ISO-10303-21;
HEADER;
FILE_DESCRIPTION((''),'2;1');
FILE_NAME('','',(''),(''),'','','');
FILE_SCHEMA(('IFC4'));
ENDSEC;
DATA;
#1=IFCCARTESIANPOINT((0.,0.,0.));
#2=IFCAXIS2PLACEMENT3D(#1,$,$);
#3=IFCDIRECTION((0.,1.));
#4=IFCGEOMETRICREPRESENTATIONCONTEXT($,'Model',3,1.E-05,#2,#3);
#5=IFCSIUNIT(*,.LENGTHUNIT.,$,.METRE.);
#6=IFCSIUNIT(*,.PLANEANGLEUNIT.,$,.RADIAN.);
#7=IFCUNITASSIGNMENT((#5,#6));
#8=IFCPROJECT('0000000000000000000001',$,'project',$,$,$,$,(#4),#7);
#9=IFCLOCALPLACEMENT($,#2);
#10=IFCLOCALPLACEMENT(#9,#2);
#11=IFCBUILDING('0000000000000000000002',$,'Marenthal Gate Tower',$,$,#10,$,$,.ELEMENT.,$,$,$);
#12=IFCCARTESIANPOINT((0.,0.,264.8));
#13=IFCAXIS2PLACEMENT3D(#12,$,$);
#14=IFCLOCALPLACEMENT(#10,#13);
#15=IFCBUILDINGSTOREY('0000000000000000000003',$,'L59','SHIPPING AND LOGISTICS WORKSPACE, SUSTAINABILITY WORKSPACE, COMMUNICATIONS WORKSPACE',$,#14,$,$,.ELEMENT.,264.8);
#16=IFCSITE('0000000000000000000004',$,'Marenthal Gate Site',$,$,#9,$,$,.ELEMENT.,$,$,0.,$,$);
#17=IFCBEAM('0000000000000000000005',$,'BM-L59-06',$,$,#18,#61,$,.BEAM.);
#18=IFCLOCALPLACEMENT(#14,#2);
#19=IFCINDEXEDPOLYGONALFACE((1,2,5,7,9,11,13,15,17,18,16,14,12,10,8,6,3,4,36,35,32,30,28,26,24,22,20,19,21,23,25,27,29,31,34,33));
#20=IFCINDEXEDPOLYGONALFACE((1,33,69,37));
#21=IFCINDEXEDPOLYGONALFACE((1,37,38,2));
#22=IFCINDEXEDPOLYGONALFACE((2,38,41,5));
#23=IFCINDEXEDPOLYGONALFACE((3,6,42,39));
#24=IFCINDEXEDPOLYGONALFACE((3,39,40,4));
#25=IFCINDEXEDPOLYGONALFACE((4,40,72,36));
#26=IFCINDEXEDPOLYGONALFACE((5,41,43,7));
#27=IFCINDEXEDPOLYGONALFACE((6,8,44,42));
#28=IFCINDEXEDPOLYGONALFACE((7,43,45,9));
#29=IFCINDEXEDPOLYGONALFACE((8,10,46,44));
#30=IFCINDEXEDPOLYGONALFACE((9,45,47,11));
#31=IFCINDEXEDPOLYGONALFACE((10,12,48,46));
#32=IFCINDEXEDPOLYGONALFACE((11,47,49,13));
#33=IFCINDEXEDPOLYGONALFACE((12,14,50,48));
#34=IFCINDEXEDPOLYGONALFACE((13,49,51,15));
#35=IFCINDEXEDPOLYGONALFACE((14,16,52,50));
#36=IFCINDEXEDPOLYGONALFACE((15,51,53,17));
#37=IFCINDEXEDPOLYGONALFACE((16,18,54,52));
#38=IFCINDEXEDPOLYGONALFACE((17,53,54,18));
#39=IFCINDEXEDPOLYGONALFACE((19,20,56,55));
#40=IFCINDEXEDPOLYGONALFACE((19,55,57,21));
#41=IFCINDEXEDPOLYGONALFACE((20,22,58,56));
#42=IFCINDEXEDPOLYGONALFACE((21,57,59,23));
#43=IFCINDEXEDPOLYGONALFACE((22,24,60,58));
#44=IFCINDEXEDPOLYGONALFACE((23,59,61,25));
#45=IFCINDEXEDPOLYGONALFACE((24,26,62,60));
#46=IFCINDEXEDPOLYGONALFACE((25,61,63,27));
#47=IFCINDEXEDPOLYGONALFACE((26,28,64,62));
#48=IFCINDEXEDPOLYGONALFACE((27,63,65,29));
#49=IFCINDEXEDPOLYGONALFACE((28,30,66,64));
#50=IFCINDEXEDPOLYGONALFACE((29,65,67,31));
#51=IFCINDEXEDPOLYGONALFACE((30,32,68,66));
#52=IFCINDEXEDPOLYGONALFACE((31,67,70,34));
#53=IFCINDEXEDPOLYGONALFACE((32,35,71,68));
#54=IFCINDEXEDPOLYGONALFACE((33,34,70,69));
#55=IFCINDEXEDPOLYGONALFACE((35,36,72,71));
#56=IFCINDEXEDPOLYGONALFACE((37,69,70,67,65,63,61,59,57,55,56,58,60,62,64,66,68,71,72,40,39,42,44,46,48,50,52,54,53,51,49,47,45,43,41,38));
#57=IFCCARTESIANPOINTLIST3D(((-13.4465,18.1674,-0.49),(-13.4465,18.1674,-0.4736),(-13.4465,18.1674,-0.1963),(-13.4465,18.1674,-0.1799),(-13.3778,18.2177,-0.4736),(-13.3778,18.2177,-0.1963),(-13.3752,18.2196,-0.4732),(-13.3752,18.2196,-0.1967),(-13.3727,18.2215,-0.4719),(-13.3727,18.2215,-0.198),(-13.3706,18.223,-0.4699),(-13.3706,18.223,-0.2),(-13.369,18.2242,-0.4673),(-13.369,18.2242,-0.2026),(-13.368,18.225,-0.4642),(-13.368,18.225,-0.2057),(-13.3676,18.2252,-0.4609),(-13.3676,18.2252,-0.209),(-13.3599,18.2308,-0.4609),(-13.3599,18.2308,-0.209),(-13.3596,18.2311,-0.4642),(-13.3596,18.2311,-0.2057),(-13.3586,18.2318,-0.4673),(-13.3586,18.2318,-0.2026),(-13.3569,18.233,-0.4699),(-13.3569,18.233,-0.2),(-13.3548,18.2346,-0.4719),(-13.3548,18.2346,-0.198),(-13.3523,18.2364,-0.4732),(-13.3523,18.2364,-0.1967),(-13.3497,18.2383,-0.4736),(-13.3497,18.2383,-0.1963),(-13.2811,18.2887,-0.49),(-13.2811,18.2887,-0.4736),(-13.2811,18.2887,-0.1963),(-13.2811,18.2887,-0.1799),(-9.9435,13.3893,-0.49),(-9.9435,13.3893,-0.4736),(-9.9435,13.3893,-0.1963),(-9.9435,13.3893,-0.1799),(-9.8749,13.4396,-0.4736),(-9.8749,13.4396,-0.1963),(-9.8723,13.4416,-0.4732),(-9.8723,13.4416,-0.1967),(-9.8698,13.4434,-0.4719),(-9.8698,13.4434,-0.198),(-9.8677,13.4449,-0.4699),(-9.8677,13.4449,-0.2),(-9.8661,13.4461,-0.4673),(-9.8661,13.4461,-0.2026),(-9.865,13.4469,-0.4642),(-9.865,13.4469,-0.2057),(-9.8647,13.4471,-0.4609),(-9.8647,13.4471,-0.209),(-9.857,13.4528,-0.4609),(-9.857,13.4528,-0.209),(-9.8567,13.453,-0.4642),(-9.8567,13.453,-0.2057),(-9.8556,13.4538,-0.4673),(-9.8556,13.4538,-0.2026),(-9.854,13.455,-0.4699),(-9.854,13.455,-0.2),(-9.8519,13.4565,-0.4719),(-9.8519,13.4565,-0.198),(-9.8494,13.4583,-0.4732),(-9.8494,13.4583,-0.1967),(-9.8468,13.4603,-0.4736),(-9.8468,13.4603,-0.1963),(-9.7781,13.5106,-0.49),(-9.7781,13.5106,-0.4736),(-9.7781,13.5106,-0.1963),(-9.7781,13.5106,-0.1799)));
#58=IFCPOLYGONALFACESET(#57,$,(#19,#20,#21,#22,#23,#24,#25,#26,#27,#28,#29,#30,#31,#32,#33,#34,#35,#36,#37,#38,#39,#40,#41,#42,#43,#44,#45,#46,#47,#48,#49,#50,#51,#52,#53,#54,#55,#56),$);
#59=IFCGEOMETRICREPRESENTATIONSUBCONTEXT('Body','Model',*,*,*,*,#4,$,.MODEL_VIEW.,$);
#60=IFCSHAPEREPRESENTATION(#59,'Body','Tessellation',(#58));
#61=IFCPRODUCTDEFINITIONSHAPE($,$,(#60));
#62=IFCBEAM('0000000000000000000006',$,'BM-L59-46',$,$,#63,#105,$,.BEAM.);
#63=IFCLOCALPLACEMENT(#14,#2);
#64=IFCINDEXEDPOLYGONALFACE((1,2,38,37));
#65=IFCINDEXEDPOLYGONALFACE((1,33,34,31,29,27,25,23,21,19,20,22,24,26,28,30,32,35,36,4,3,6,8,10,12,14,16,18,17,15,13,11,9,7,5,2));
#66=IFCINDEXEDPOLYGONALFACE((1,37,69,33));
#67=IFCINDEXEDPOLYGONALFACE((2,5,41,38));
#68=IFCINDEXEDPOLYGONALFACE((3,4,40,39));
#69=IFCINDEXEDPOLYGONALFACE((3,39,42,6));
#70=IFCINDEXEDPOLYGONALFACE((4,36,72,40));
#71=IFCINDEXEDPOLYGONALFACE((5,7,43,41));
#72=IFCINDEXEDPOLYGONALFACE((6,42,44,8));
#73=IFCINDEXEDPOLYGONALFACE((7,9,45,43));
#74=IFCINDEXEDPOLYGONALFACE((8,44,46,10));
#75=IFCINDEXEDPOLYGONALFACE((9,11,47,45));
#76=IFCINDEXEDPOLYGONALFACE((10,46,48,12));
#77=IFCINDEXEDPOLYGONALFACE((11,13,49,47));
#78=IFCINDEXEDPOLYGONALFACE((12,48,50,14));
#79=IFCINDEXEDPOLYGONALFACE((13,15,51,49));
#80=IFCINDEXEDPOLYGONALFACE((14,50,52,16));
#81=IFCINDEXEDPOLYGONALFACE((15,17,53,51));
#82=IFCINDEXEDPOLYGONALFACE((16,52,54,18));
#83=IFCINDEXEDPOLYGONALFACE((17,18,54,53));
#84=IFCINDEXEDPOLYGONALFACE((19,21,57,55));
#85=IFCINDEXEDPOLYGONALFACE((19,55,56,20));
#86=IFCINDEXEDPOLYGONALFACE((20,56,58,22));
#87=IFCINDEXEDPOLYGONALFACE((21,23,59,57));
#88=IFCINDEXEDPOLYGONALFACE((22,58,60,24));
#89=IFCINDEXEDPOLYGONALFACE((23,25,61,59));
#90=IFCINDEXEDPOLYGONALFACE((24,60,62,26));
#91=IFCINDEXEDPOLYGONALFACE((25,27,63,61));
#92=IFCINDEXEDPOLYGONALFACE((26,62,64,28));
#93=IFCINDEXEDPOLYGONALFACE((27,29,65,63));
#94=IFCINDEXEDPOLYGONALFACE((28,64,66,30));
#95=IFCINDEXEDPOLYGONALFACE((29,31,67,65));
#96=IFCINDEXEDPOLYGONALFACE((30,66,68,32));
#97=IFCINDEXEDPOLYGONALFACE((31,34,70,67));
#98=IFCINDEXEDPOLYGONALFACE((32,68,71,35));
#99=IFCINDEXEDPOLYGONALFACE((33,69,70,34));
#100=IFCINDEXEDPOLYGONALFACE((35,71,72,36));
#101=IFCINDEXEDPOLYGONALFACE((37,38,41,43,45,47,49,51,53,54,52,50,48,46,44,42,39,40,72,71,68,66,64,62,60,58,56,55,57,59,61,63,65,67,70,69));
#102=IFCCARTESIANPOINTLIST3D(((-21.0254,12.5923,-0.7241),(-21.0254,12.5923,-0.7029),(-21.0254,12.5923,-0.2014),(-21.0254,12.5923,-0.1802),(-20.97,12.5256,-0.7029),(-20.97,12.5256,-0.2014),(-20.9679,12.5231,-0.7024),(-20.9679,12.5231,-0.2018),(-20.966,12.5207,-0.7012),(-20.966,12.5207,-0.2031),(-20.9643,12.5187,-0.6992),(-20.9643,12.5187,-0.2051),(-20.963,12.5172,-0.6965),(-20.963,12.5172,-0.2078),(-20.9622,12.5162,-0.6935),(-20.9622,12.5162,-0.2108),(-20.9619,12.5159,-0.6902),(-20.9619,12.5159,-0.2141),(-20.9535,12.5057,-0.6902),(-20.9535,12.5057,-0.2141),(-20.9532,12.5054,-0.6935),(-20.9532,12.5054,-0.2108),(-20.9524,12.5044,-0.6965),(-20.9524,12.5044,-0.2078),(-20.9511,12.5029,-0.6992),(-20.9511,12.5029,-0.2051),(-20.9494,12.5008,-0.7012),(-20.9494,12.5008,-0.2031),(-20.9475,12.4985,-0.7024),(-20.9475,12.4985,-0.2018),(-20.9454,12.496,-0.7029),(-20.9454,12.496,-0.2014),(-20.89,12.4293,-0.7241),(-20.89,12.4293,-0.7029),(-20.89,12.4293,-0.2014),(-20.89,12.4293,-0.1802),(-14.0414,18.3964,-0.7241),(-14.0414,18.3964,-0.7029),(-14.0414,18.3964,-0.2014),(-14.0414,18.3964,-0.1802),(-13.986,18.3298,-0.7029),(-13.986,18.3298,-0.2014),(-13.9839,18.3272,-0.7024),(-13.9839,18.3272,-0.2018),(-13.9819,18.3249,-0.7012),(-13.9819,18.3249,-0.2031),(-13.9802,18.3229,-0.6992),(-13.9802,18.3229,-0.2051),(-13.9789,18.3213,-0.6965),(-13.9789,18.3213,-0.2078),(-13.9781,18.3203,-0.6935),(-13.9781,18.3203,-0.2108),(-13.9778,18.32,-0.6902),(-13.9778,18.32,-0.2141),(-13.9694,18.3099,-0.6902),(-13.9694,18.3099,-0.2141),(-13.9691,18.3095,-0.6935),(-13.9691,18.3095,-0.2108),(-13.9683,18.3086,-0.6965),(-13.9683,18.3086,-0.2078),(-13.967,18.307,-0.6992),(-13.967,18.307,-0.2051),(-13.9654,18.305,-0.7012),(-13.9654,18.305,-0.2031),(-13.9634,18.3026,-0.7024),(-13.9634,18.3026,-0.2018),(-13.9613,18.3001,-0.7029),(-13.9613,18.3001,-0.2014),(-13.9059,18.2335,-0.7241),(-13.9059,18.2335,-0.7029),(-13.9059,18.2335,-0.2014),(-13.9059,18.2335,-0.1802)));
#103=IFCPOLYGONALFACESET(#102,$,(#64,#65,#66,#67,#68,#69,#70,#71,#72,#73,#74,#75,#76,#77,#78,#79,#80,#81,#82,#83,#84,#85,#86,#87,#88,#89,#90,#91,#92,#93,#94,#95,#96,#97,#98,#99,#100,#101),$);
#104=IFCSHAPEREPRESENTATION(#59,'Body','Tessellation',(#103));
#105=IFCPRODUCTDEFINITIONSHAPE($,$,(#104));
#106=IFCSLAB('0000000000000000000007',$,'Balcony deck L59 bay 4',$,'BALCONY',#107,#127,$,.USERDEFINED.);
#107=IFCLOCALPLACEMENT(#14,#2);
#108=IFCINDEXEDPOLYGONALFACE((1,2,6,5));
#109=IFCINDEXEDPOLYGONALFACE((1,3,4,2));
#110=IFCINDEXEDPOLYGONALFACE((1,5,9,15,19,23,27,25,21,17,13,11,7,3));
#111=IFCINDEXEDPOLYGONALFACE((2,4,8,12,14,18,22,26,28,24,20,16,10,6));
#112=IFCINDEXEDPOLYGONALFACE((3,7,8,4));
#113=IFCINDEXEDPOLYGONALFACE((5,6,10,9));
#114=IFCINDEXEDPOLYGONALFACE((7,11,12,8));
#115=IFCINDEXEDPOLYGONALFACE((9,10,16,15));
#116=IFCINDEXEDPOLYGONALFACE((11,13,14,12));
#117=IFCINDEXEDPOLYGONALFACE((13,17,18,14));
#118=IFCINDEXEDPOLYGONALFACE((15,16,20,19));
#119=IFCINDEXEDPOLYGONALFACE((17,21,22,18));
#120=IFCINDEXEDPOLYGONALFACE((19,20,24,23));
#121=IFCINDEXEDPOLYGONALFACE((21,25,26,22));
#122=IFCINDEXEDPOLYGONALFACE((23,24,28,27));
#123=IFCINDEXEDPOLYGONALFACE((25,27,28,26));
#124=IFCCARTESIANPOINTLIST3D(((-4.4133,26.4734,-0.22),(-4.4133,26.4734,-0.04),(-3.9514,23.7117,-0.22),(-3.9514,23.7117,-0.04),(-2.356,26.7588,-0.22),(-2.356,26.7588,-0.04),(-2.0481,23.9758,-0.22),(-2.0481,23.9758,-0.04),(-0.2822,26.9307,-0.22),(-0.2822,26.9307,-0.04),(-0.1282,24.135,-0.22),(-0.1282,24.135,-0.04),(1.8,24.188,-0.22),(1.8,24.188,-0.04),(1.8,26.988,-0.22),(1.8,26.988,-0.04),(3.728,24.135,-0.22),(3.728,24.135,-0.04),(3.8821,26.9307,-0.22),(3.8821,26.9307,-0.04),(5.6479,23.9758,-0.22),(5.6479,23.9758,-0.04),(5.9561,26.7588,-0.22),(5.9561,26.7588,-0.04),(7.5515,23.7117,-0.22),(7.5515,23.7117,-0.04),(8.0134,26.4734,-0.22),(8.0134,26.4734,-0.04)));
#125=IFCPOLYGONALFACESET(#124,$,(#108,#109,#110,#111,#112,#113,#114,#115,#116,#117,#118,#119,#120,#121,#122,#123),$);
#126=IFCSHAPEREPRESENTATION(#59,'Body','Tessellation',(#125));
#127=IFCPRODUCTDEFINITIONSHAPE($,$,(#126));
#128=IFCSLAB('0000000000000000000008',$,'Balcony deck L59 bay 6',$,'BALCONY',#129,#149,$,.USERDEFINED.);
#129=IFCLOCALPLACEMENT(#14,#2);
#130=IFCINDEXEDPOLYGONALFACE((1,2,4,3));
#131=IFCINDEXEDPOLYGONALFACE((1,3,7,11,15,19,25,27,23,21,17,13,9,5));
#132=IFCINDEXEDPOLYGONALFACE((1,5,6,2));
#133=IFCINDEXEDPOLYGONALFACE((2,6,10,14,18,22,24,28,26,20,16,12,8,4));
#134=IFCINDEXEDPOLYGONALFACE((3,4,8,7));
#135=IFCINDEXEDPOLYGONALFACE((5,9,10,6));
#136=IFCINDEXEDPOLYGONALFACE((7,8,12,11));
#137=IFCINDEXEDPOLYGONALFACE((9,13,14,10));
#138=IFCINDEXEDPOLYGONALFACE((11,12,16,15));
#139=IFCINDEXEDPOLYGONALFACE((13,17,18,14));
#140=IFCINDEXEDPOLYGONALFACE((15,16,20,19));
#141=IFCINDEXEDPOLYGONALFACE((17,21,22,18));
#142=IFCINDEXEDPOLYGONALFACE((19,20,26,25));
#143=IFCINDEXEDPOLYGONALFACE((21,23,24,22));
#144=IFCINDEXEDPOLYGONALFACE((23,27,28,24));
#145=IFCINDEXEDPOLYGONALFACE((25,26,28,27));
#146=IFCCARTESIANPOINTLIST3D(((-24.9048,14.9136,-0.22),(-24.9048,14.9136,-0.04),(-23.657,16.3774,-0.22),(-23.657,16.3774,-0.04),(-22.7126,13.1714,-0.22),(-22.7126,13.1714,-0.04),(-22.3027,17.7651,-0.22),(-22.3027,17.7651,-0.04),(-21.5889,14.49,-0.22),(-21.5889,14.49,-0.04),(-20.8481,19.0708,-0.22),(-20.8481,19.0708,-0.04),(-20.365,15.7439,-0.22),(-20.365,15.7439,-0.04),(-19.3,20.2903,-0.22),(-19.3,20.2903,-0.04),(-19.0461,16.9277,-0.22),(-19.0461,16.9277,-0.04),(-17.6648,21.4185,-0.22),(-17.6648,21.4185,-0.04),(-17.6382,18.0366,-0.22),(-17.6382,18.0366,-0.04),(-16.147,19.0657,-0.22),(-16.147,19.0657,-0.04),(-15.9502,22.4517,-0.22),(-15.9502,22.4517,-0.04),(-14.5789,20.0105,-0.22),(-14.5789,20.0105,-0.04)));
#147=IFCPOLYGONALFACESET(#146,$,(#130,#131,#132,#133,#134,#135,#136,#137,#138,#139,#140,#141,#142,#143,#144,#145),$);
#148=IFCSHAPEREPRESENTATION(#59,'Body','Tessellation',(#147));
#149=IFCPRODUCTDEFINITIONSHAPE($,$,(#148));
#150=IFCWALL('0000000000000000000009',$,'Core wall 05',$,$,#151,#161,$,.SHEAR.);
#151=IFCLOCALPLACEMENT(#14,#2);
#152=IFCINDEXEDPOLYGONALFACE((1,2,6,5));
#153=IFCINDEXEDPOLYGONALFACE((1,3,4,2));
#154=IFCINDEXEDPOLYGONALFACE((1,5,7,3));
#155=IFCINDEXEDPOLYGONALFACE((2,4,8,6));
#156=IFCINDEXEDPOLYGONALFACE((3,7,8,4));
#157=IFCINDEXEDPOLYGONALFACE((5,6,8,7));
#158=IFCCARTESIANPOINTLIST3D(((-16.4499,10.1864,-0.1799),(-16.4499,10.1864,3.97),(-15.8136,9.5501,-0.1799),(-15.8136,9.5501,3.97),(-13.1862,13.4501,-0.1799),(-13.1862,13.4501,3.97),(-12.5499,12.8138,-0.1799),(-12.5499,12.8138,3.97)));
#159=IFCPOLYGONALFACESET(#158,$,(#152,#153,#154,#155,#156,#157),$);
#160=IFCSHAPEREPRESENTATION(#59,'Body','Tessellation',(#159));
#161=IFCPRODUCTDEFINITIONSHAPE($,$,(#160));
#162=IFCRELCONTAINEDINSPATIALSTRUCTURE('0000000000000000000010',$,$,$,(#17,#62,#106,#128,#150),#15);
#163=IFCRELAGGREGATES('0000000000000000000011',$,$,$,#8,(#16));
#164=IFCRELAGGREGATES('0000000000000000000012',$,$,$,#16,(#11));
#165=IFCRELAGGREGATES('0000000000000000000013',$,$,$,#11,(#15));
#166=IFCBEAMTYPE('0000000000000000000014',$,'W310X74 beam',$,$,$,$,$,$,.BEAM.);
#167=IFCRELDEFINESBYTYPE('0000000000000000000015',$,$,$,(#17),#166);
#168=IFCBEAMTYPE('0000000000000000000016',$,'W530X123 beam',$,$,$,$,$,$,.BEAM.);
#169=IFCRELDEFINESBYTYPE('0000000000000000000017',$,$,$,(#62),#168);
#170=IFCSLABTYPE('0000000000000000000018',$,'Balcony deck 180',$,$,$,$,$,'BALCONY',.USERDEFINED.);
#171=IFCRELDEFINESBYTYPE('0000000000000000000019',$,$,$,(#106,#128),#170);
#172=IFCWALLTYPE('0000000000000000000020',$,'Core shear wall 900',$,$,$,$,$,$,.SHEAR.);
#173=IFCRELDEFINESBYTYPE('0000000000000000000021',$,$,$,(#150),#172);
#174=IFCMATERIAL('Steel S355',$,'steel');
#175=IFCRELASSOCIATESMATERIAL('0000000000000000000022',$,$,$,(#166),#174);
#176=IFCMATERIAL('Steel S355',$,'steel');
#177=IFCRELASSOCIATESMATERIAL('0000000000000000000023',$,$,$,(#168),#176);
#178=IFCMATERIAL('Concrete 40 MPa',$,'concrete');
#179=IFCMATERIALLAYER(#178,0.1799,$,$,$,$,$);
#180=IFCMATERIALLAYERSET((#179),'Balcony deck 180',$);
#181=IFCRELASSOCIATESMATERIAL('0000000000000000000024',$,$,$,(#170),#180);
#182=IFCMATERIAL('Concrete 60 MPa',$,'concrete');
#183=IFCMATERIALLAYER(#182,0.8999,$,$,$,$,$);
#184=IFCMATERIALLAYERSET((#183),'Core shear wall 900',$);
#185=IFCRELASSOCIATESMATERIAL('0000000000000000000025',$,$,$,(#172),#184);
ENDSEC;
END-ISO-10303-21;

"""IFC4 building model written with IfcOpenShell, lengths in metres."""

from ifc_helpers import new_model, si_unit, direction, frame, frame_2d, origin, origin_2d, place, context, subcontext, project, spatial, polyline, rectangle, i_section, outline, extrude, material, layer, layer_set, material_profile, profile_set, type_object, element, save


model = new_model("IFC4")

# Units and contexts
model_context = context("Model", 3, precision=1e-05, world=origin(), true_north=direction((0.0, 1.0)))
body_context = subcontext(model_context, "Body", "Model", "MODEL_VIEW")
ifc_project = project(units=[si_unit("LENGTHUNIT", "METRE"), si_unit("PLANEANGLEUNIT", "RADIAN")], contexts=[model_context])

# Site, building, storey
site_placement = place(None, origin())
site = spatial("IfcSite", under=ifc_project, at=site_placement, Name="Marenthal Gate Site", CompositionType="ELEMENT", RefElevation=0.0)
building_placement = place(site_placement, origin())
building = spatial("IfcBuilding", under=site, at=building_placement, Name="Marenthal Gate Tower", CompositionType="ELEMENT")
storey_placement = place(building_placement, frame((0.0, 0.0, 264.8)))
storey = spatial("IfcBuildingStorey", under=building, at=storey_placement, Name="L59", Description="SHIPPING AND LOGISTICS WORKSPACE, SUSTAINABILITY WORKSPACE, COMMUNICATIONS WORKSPACE", CompositionType="ELEMENT", Elevation=264.8)

# Beams
ifc_material_1 = material(Name="Steel S355", Category="steel")
ifc_material_profile_1 = material_profile(ifc_material_1, i_section(OverallWidth=0.2051, OverallDepth=0.3101, WebThickness=0.0095, FlangeThickness=0.0164, FilletRadius=0.0127, at=origin_2d()), Name="W310X74")
ifc_profile_set_1 = profile_set([ifc_material_profile_1], Name="Steel S355")
beam_type_1 = type_object("IfcBeamType", Name="W310X74 beam", PredefinedType="BEAM", material=ifc_profile_set_1)
beam_1_placement = place(storey_placement, frame((-13.3638, 18.228, -0.335), z_axis=(0.591255, -0.806485, 0.0), x_axis=(0.806485, 0.591255, 0.0)))
element("IfcBeam", 1, at=beam_1_placement, inside=storey, type_object=beam_type_1, Name="BM-L59-06", PredefinedType="BEAM", context=body_context, shape_type="SweptSolid", body=[
    extrude(i_section(OverallWidth=0.2051, OverallDepth=0.3101, WebThickness=0.0095, FlangeThickness=0.0164, FilletRadius=0.0127, at=origin_2d()), origin(), (0.0, 0.0, 1.0), 5.9246),
])
ifc_material_2 = material(Name="Steel S355", Category="steel")
ifc_material_profile_2 = material_profile(ifc_material_2, i_section(OverallWidth=0.2119, OverallDepth=0.5439, WebThickness=0.0132, FlangeThickness=0.0212, FilletRadius=0.0127, at=origin_2d()), Name="W530X123")
ifc_profile_set_2 = profile_set([ifc_material_profile_2], Name="Steel S355")
beam_type_2 = type_object("IfcBeamType", Name="W530X123 beam", PredefinedType="BEAM", material=ifc_profile_set_2)
beam_2_placement = place(storey_placement, frame((-13.9736, 18.3149, -0.4521), z_axis=(-0.769082, -0.63915, 0.0), x_axis=(0.63915, -0.769082, 0.0)))
element("IfcBeam", 2, at=beam_2_placement, inside=storey, type_object=beam_type_2, Name="BM-L59-46", PredefinedType="BEAM", context=body_context, shape_type="SweptSolid", body=[
    extrude(i_section(OverallWidth=0.2119, OverallDepth=0.5439, WebThickness=0.0132, FlangeThickness=0.0212, FilletRadius=0.0127, at=origin_2d()), origin(), (0.0, 0.0, 1.0), 9.0811),
])

# Slabs
ifc_material_3 = material(Name="Concrete 40 MPa", Category="concrete")
ifc_layer_1 = layer(ifc_material_3, 0.1799)
ifc_layer_set_1 = layer_set([ifc_layer_1], Name="Balcony deck 180")
slab_type = type_object("IfcSlabType", Name="Balcony deck 180", ElementType="BALCONY", PredefinedType="USERDEFINED", material=ifc_layer_set_1)
slab_1_placement = place(storey_placement, frame((0.0, 0.0, -0.22)))
element("IfcSlab", 3, at=slab_1_placement, inside=storey, type_object=slab_type, Name="Balcony deck L59 bay 4", ObjectType="BALCONY", PredefinedType="USERDEFINED", context=body_context, shape_type="SweptSolid", body=[
    extrude(outline(polyline([(7.5515, 23.7117), (5.6479, 23.9758), (3.728, 24.135), (1.8, 24.188), (-0.1282, 24.135), (-2.0481, 23.9758), (-3.9514, 23.7117), (-4.4133, 26.4734), (-2.356, 26.7588), (-0.2822, 26.9307), (1.8, 26.988), (3.8821, 26.9307), (5.9561, 26.7588), (8.0134, 26.4734), (7.5515, 23.7117)])), origin(), (0.0, 0.0, 1.0), 0.1799),
])
slab_2_placement = place(storey_placement, frame((0.0, 0.0, -0.22)))
element("IfcSlab", 4, at=slab_2_placement, inside=storey, type_object=slab_type, Name="Balcony deck L59 bay 6", ObjectType="BALCONY", PredefinedType="USERDEFINED", context=body_context, shape_type="SweptSolid", body=[
    extrude(outline(polyline([(-14.5789, 20.0105), (-16.147, 19.0657), (-17.6382, 18.0366), (-19.0461, 16.9277), (-20.365, 15.7439), (-21.5889, 14.49), (-22.7126, 13.1714), (-24.9048, 14.9136), (-23.657, 16.3774), (-22.3027, 17.7651), (-20.8481, 19.0708), (-19.3, 20.2903), (-17.6648, 21.4185), (-15.9502, 22.4517), (-14.5789, 20.0105)])), origin(), (0.0, 0.0, 1.0), 0.1799),
])

# Wall
ifc_material_4 = material(Name="Concrete 60 MPa", Category="concrete")
ifc_layer_2 = layer(ifc_material_4, 0.8999)
ifc_layer_set_2 = layer_set([ifc_layer_2], Name="Core shear wall 900")
wall_type_1 = type_object("IfcWallType", Name="Core shear wall 900", PredefinedType="SHEAR", material=ifc_layer_set_2)
wall_1_placement = place(storey_placement, frame((-12.8682, 13.1318, -0.1799), z_axis=(0.0, 0.0, 1.0), x_axis=(-0.707107, -0.707107, 0.0)))
element("IfcWall", 5, at=wall_1_placement, inside=storey, type_object=wall_type_1, Name="Core wall 05", PredefinedType="SHEAR", context=body_context, shape_type="SweptSolid", body=[
    extrude(rectangle(XDim=4.6155, YDim=0.8999, at=frame_2d((2.3076, 0.0))), origin(), (0.0, 0.0, 1.0), 4.1499),
])

save(model, "model.ifc")
